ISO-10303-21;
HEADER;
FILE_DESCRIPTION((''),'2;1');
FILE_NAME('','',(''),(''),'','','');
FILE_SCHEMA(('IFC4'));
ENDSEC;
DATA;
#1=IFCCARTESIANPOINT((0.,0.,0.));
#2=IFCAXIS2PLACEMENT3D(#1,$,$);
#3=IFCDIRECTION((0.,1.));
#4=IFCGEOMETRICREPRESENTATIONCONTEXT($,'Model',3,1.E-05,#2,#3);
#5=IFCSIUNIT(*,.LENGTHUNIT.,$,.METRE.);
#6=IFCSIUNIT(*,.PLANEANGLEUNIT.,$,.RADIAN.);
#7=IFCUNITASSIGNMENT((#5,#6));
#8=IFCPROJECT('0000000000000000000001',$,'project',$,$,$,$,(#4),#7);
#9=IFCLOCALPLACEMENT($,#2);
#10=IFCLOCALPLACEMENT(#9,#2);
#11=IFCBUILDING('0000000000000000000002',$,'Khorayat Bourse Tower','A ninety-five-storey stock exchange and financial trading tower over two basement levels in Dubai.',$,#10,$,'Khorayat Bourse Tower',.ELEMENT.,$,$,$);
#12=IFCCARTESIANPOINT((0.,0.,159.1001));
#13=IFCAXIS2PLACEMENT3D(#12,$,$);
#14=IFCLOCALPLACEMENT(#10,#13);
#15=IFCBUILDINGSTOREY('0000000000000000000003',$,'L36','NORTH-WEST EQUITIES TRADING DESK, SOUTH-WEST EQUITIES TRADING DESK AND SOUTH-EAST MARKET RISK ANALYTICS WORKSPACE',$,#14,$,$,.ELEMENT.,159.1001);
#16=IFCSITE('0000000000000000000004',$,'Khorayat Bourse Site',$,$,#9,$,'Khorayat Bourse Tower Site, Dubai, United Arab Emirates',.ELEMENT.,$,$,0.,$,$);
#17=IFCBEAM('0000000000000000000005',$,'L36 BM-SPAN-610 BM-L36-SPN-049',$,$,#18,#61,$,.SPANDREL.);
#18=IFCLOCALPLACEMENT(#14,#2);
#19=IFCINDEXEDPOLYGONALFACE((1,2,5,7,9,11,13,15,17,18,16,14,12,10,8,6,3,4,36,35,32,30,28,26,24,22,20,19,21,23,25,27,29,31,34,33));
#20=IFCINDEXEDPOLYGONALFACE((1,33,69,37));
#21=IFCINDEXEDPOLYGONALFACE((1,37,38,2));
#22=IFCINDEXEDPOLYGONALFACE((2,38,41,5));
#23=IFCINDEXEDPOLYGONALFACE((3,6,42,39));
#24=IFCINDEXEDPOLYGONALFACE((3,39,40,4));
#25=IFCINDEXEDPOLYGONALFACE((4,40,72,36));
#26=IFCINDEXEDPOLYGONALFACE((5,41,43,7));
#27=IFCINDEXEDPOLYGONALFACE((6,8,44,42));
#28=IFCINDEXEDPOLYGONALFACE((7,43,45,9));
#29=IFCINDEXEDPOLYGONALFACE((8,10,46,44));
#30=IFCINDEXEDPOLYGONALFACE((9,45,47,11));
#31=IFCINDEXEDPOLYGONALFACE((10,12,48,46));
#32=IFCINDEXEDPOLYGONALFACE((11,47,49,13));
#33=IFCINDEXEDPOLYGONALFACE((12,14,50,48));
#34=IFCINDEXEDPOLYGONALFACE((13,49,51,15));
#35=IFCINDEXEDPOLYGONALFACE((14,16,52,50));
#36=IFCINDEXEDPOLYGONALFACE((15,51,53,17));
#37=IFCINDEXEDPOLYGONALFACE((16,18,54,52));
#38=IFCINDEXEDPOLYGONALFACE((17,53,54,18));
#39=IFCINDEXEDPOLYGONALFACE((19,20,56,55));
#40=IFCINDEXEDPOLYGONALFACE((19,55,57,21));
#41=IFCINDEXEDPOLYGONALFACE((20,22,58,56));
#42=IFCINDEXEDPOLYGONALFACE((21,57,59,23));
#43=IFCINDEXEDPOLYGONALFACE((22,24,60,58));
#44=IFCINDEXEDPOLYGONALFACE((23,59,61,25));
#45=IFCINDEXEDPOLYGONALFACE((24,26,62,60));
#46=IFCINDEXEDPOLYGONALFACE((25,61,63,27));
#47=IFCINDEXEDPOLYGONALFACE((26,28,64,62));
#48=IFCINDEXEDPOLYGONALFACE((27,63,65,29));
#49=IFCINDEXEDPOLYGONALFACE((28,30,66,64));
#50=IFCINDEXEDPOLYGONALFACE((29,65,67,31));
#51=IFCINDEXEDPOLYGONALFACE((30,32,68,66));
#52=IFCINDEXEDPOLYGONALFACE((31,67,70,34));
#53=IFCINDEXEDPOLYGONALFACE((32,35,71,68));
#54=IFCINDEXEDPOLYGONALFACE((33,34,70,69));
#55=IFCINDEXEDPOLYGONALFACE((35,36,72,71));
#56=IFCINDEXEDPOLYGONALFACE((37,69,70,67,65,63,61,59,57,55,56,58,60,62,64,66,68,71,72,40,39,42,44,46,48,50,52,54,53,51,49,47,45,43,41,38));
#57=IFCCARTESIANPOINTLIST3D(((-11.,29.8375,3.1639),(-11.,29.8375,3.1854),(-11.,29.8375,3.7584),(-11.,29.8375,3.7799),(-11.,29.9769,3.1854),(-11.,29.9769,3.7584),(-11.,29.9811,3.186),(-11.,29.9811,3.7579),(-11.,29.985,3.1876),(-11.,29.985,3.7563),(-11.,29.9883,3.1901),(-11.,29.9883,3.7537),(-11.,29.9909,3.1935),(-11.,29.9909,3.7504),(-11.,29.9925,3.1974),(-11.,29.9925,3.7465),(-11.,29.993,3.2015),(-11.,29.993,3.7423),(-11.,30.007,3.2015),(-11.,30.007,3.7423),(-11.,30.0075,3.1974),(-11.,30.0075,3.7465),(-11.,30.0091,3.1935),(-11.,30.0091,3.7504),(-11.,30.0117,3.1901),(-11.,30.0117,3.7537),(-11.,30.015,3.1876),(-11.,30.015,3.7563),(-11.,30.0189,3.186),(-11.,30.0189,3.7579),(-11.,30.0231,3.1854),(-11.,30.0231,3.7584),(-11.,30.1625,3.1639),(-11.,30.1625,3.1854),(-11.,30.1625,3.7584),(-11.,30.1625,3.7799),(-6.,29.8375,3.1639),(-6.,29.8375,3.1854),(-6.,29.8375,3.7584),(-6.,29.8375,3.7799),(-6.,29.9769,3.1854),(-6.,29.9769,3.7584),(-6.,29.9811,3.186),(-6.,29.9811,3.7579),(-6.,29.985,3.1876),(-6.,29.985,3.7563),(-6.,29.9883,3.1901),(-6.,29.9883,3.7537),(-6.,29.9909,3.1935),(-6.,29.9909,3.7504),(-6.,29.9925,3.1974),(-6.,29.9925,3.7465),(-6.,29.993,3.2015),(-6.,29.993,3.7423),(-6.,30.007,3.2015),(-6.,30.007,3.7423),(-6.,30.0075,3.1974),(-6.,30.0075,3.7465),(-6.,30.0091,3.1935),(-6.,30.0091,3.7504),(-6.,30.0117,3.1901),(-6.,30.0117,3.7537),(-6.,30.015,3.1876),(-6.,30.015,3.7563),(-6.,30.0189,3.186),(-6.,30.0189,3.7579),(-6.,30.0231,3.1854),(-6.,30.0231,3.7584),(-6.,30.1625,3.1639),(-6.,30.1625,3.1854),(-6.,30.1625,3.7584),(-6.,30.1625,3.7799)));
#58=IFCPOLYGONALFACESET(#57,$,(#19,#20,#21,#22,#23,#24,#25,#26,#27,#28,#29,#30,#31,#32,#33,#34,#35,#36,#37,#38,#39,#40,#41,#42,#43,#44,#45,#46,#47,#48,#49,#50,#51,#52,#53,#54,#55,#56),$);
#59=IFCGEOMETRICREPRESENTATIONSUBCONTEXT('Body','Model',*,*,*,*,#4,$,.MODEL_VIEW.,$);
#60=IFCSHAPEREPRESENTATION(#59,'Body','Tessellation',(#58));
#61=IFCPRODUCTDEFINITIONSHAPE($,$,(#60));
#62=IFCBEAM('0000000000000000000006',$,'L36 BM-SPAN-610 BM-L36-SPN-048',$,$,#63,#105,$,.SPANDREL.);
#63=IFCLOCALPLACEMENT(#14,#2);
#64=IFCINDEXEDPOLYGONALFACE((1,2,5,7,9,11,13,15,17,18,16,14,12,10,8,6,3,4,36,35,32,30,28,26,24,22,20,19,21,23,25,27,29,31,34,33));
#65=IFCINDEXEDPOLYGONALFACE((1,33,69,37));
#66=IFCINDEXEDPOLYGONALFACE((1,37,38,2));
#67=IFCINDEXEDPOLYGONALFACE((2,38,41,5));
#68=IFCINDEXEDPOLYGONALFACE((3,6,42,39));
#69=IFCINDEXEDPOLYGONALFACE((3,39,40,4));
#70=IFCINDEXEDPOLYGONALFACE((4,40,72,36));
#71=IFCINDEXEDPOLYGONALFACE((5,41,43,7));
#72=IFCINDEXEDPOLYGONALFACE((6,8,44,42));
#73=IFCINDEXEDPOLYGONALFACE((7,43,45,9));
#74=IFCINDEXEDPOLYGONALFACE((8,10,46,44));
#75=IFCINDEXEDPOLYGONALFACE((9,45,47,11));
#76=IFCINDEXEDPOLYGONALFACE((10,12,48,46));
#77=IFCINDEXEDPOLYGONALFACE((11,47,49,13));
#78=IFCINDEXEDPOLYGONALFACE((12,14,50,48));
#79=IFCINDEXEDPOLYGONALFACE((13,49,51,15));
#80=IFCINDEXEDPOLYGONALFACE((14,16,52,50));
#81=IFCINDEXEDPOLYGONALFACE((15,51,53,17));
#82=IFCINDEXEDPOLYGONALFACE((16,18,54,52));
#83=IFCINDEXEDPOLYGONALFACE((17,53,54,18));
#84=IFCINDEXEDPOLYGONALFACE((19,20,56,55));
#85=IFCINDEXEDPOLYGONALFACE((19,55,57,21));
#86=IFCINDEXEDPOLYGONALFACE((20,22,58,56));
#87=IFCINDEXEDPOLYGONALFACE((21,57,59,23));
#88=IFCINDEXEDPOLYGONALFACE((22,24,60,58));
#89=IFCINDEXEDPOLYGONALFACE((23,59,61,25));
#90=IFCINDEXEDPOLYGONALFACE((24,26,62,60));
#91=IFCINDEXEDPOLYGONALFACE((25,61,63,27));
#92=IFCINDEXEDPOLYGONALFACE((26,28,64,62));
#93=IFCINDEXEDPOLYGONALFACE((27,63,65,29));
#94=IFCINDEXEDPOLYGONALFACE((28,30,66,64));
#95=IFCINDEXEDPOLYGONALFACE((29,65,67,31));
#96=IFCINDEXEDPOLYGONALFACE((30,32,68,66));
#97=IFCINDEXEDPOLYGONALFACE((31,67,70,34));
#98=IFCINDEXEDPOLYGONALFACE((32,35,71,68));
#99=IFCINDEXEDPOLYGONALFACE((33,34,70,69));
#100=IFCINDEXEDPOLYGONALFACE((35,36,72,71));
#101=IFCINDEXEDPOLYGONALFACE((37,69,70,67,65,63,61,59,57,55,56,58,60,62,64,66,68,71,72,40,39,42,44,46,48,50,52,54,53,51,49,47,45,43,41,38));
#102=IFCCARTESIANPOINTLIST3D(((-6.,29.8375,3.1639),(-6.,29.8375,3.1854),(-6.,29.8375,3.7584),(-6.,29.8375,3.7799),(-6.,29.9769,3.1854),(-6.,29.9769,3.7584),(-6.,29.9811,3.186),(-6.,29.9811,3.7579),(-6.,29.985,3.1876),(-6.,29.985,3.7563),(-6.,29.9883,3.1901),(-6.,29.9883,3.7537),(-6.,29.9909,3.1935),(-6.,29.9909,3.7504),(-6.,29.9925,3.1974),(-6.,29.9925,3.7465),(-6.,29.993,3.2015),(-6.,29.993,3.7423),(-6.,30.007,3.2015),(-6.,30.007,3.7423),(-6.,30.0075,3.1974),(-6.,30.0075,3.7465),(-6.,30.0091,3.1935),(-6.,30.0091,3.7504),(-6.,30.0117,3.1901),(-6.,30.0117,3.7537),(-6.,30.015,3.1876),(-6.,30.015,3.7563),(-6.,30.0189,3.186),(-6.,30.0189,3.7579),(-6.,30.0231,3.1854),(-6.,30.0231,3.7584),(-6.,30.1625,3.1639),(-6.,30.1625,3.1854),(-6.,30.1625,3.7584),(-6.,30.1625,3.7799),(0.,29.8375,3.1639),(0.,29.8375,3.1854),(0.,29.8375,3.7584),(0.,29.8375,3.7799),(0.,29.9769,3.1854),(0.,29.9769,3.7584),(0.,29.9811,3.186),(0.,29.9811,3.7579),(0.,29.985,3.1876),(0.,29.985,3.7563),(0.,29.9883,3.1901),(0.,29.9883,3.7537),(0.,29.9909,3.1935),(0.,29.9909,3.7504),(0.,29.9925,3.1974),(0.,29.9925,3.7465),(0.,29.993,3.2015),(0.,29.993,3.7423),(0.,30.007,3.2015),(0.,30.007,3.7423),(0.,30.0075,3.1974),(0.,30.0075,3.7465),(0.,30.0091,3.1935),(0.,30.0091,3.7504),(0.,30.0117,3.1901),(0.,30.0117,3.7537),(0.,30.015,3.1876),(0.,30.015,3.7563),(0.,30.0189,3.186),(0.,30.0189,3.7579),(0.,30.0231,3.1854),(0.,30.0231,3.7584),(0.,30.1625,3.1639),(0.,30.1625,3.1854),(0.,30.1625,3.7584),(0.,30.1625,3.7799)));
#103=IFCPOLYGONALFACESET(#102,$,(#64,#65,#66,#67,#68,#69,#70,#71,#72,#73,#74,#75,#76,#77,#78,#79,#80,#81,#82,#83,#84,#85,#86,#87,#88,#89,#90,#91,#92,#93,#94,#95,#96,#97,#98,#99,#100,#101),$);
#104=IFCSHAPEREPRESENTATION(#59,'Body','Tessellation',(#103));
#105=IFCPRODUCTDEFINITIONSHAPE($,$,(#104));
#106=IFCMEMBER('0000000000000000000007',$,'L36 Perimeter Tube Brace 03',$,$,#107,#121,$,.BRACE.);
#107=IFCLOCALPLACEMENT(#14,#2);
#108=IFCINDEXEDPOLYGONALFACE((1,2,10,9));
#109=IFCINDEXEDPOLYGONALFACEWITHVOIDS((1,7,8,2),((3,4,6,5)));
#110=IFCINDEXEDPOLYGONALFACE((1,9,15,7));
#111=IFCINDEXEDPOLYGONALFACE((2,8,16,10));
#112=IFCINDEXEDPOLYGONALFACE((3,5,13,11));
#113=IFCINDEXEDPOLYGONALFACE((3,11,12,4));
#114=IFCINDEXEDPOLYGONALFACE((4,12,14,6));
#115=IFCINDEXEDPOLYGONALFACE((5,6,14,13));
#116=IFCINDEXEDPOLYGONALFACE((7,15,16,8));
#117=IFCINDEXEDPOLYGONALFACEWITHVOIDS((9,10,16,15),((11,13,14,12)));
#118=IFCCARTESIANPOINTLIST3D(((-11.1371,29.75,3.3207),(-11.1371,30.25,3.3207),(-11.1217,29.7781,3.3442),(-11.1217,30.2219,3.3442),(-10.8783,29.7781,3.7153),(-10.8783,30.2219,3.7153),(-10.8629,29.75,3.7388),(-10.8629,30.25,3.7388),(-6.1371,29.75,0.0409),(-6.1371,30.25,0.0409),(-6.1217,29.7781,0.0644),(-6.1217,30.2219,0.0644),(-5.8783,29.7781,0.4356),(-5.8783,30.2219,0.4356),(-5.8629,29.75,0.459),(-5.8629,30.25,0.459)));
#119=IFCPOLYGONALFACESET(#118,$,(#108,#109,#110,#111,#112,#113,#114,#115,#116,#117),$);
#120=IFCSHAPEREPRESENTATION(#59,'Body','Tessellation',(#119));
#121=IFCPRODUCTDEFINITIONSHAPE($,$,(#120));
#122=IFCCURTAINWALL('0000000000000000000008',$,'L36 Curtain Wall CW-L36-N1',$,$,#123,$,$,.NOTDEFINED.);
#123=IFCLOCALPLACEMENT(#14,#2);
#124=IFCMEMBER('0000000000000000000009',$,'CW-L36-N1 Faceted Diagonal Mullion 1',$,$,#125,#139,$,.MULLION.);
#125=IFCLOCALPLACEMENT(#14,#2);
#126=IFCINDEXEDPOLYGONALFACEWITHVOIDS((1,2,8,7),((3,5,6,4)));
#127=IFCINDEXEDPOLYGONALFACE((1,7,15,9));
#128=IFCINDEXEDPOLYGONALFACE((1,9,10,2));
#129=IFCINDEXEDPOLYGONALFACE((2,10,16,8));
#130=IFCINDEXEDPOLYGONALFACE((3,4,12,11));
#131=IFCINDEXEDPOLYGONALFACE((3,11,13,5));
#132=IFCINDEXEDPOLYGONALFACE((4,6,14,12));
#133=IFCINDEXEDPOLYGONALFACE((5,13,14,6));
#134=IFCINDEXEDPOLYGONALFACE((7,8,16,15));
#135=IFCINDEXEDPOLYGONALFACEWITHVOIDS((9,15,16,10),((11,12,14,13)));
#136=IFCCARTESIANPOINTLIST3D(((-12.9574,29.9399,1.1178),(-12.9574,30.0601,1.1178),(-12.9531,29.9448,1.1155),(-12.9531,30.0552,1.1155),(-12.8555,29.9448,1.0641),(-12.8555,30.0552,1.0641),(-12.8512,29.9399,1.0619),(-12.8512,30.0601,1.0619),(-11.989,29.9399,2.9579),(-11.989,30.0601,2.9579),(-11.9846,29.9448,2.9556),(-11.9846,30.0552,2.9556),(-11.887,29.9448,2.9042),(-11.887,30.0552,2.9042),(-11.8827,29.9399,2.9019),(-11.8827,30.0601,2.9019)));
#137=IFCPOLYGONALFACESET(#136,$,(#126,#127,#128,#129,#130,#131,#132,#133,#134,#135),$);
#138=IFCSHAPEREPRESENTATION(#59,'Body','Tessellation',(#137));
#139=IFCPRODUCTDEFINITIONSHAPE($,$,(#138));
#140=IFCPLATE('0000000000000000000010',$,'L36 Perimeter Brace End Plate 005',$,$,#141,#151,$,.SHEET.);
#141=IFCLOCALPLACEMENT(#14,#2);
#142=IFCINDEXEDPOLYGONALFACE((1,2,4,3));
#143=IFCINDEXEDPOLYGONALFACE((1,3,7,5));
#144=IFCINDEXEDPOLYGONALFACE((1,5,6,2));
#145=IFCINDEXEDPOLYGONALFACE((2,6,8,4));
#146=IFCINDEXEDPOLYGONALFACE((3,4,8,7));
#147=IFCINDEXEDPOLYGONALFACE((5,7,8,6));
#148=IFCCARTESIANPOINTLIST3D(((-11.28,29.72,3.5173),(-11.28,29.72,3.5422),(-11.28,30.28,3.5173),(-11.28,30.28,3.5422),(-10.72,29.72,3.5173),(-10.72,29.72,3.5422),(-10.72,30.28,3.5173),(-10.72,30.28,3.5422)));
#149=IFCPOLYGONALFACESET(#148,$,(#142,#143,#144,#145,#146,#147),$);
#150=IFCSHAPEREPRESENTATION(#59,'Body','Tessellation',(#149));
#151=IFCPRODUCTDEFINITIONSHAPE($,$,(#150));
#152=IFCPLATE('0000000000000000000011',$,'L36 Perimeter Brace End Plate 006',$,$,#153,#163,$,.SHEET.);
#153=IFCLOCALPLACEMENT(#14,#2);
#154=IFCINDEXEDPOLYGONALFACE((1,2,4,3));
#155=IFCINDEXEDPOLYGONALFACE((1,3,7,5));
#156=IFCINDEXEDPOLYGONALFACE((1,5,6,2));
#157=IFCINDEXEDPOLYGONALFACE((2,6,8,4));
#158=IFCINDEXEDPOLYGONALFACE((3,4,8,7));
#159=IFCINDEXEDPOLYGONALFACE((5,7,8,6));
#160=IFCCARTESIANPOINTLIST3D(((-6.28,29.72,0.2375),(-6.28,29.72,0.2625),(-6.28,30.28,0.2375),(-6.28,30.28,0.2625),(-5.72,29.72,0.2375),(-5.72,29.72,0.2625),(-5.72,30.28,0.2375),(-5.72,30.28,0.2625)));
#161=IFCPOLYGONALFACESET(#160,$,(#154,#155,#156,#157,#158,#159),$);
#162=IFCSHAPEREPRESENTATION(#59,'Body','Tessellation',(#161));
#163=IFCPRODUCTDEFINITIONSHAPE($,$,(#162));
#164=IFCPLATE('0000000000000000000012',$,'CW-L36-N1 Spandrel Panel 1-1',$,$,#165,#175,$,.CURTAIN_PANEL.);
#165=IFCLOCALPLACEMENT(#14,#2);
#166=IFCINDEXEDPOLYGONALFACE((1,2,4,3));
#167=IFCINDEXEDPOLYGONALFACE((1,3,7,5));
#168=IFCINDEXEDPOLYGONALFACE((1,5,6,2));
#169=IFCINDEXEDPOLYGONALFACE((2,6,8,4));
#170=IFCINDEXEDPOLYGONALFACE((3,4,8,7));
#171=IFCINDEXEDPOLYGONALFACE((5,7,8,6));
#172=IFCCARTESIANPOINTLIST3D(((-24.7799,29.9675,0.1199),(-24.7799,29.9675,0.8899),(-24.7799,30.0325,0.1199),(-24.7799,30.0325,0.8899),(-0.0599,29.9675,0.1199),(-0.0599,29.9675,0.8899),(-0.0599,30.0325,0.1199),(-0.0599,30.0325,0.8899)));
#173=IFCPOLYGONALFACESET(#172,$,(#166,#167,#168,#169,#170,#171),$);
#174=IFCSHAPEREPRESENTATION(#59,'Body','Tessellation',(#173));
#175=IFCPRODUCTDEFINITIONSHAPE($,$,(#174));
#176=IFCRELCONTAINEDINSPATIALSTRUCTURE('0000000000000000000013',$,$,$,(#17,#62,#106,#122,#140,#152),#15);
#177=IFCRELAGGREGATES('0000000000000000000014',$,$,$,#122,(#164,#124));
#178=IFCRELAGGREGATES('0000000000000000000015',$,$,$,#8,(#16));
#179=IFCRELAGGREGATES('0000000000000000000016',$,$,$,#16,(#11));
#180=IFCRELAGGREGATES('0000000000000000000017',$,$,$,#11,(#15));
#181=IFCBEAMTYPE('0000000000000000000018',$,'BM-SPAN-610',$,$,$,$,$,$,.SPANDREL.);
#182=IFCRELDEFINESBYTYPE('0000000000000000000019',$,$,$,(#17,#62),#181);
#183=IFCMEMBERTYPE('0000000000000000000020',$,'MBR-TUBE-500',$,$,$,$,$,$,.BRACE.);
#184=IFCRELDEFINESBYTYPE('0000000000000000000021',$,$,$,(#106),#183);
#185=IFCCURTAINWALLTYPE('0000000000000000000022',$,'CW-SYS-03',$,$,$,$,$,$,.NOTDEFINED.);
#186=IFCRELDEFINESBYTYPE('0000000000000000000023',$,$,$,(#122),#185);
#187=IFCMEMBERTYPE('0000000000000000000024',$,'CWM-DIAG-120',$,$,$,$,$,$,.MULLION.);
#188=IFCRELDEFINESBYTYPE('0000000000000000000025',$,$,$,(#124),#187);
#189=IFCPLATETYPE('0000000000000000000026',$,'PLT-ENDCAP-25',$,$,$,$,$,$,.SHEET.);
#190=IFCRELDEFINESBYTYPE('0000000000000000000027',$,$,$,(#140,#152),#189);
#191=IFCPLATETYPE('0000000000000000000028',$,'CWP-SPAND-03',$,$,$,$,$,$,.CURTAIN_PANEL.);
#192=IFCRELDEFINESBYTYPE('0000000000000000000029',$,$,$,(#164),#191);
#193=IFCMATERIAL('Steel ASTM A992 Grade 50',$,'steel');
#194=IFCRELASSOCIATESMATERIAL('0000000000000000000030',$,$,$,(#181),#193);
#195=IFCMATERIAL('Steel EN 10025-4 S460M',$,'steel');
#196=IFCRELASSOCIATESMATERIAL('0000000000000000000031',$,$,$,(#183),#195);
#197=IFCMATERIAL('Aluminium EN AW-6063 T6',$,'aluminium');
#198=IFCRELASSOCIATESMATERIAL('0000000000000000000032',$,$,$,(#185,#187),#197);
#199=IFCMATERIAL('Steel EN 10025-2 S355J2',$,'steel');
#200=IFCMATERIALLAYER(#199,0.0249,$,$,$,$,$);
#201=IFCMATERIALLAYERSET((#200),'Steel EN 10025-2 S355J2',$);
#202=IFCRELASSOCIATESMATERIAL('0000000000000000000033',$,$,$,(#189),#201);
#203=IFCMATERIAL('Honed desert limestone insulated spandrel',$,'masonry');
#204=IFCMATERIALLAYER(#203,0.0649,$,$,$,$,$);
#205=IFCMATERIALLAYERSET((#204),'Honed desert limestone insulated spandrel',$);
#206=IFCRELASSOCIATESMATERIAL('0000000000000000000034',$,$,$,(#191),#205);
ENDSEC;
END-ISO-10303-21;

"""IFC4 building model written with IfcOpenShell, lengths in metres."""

from ifc_helpers import new_model, si_unit, direction, frame, origin, origin_2d, place, context, subcontext, project, spatial, rectangle, hollow_rectangle, i_section, extrude, source, transform, mapped, material, layer, layer_set, material_profile, profile_set, type_object, element, aggregate, save


model = new_model("IFC4")

# Units and contexts
model_context = context("Model", 3, precision=1e-05, world=origin(), true_north=direction((0.0, 1.0)))
body_context = subcontext(model_context, "Body", "Model", "MODEL_VIEW")
ifc_project = project(units=[si_unit("LENGTHUNIT", "METRE"), si_unit("PLANEANGLEUNIT", "RADIAN")], contexts=[model_context])

# Site, building, storey
site_placement = place(None, origin())
site = spatial("IfcSite", under=ifc_project, at=site_placement, Name="Khorayat Bourse Site", LongName="Khorayat Bourse Tower Site, Dubai, United Arab Emirates", CompositionType="ELEMENT", RefElevation=0.0)
building_placement = place(site_placement, origin())
building = spatial("IfcBuilding", under=site, at=building_placement, Name="Khorayat Bourse Tower", Description="A ninety-five-storey stock exchange and financial trading tower over two basement levels in Dubai.", LongName="Khorayat Bourse Tower", CompositionType="ELEMENT")
storey_placement = place(building_placement, frame((0.0, 0.0, 159.1001)))
storey = spatial("IfcBuildingStorey", under=building, at=storey_placement, Name="L36", Description="NORTH-WEST EQUITIES TRADING DESK, SOUTH-WEST EQUITIES TRADING DESK AND SOUTH-EAST MARKET RISK ANALYTICS WORKSPACE", CompositionType="ELEMENT", Elevation=159.1001)

# Shared definitions
ifc_material_1 = material(Name="Steel EN 10025-4 S460M", Category="steel")

# Beams
ifc_material_2 = material(Name="Steel ASTM A992 Grade 50", Category="steel")
ifc_material_profile_1 = material_profile(ifc_material_2, i_section(OverallWidth=0.325, OverallDepth=0.616, WebThickness=0.0139, FlangeThickness=0.0215, FilletRadius=0.0161, at=origin_2d()), Name="W610X174")
ifc_profile_set_1 = profile_set([ifc_material_profile_1], Name="Steel ASTM A992 Grade 50")
beam_type_1 = type_object("IfcBeamType", Name="BM-SPAN-610", PredefinedType="SPANDREL", material=ifc_profile_set_1)
shared_shape_1 = source(origin(), body_context, "Body", "SweptSolid", [
    extrude(i_section(OverallWidth=0.325, OverallDepth=0.616, WebThickness=0.0139, FlangeThickness=0.0215, FilletRadius=0.0161, at=origin_2d()), origin(), (0.0, 0.0, 1.0), 5.0),
])
beam_1_placement = place(storey_placement, frame((-11.0, 30.0, 3.4719), z_axis=(1.0, 0.0, 0.0), x_axis=(0.0, 1.0, 0.0)))
element("IfcBeam", 1, at=beam_1_placement, inside=storey, type_object=beam_type_1, Name="L36 BM-SPAN-610 BM-L36-SPN-049", PredefinedType="SPANDREL", context=body_context, shape_type="MappedRepresentation", body=[
    mapped(shared_shape_1, transform((0.0, 0.0, 0.0), scale=1.0)),
])
shared_shape_2 = source(origin(), body_context, "Body", "SweptSolid", [
    extrude(i_section(OverallWidth=0.325, OverallDepth=0.616, WebThickness=0.0139, FlangeThickness=0.0215, FilletRadius=0.0161, at=origin_2d()), origin(), (0.0, 0.0, 1.0), 6.0),
])
beam_2_placement = place(storey_placement, frame((-6.0, 30.0, 3.4719), z_axis=(1.0, 0.0, 0.0), x_axis=(0.0, 1.0, 0.0)))
element("IfcBeam", 2, at=beam_2_placement, inside=storey, type_object=beam_type_1, Name="L36 BM-SPAN-610 BM-L36-SPN-048", PredefinedType="SPANDREL", context=body_context, shape_type="MappedRepresentation", body=[
    mapped(shared_shape_2, transform((0.0, 0.0, 0.0), scale=1.0)),
])

# Member
ifc_material_profile_2 = material_profile(ifc_material_1, hollow_rectangle(XDim=0.5, YDim=0.5, WallThickness=0.0281, at=origin_2d()), Name="HSS 500x500x28")
ifc_profile_set_2 = profile_set([ifc_material_profile_2], Name="Steel EN 10025-4 S460M")
member_type_1 = type_object("IfcMemberType", Name="MBR-TUBE-500", PredefinedType="BRACE", material=ifc_profile_set_2)
shared_shape_3 = source(origin(), body_context, "Body", "SweptSolid", [
    extrude(hollow_rectangle(XDim=0.5, YDim=0.5, WallThickness=0.0281, at=origin_2d()), origin(), (0.0, 0.0, 1.0), 5.9797),
])
member_1_placement = place(storey_placement, frame((-11.0, 30.0, 3.5298), z_axis=(0.83616, 0.0, -0.548485), x_axis=(0.0, 1.0, 0.0)))
element("IfcMember", 3, at=member_1_placement, inside=storey, type_object=member_type_1, Name="L36 Perimeter Tube Brace 03", PredefinedType="BRACE", context=body_context, shape_type="MappedRepresentation", body=[
    mapped(shared_shape_3, transform((0.0, 0.0, 0.0), scale=1.0)),
])

# Curtain wall, member
ifc_material_3 = material(Name="Aluminium EN AW-6063 T6", Category="aluminium")
curtain_wall_type = type_object("IfcCurtainWallType", Name="CW-SYS-03", PredefinedType="NOTDEFINED", material=ifc_material_3)
curtain_wall_placement = place(storey_placement, origin())
curtain_wall = element("IfcCurtainWall", 4, at=curtain_wall_placement, inside=storey, type_object=curtain_wall_type, Name="L36 Curtain Wall CW-L36-N1", PredefinedType="NOTDEFINED")
ifc_material_profile_3 = material_profile(ifc_material_3, hollow_rectangle(XDim=0.1201, YDim=0.1201, WallThickness=0.0049, at=origin_2d()), Name="ALU 120x120x5")
ifc_profile_set_3 = profile_set([ifc_material_profile_3], Name="Aluminium EN AW-6063 T6")
member_type_2 = type_object("IfcMemberType", Name="CWM-DIAG-120", PredefinedType="MULLION", material=ifc_profile_set_3)
shared_shape_4 = source(origin(), body_context, "Body", "SweptSolid", [
    extrude(hollow_rectangle(XDim=0.1201, YDim=0.1201, WallThickness=0.0049, at=origin_2d()), origin(), (0.0, 0.0, 1.0), 2.0793),
])
member_2_placement = place(storey_placement, frame((-12.9043, 30.0, 1.0898), z_axis=(0.465761, 0.0, 0.884911), x_axis=(0.0, 1.0, 0.0)))
member_2 = element("IfcMember", 5, at=member_2_placement, type_object=member_type_2, Name="CW-L36-N1 Faceted Diagonal Mullion 1", PredefinedType="MULLION", context=body_context, shape_type="MappedRepresentation", body=[
    mapped(shared_shape_4, transform((0.0, 0.0, 0.0), scale=1.0)),
])

# Plates
ifc_material_4 = material(Name="Steel EN 10025-2 S355J2", Category="steel")
ifc_layer_1 = layer(ifc_material_4, 0.0249)
ifc_layer_set_1 = layer_set([ifc_layer_1], Name="Steel EN 10025-2 S355J2")
plate_type_1 = type_object("IfcPlateType", Name="PLT-ENDCAP-25", PredefinedType="SHEET", material=ifc_layer_set_1)
shared_shape_5 = source(origin(), body_context, "Body", "SweptSolid", [
    extrude(rectangle(XDim=0.5601, YDim=0.5601, at=origin_2d()), origin(), (0.0, 0.0, 1.0), 0.0249),
])
for number, where, z_axis, x_axis, name in (
    (6, (-11.0, 30.0, 3.5173), (0.0, 0.0, 1.0), (1.0, 0.0, 0.0), "L36 Perimeter Brace End Plate 005"),
    (7, (-6.0, 30.0, 0.2375), (0.0, 0.0, 1.0), (1.0, 0.0, 0.0), "L36 Perimeter Brace End Plate 006"),
):
    element("IfcPlate", number, at=place(storey_placement, frame(where, z_axis=z_axis, x_axis=x_axis)), inside=storey, type_object=plate_type_1, Name=name, PredefinedType="SHEET", context=body_context, shape_type="MappedRepresentation", body=[
        mapped(shared_shape_5, transform((0.0, 0.0, 0.0), scale=1.0)),
    ])

# Plate
ifc_material_5 = material(Name="Honed desert limestone insulated spandrel", Category="masonry")
ifc_layer_2 = layer(ifc_material_5, 0.0649)
ifc_layer_set_2 = layer_set([ifc_layer_2], Name="Honed desert limestone insulated spandrel")
plate_type_2 = type_object("IfcPlateType", Name="CWP-SPAND-03", PredefinedType="CURTAIN_PANEL", material=ifc_layer_set_2)
shared_shape_6 = source(origin(), body_context, "Body", "SweptSolid", [
    extrude(rectangle(XDim=24.72, YDim=0.0649, at=origin_2d()), origin(), (0.0, 0.0, 1.0), 0.77),
])
plate_1_placement = place(storey_placement, frame((-12.4199, 30.0, 0.1199), z_axis=(0.0, 0.0, 1.0), x_axis=(1.0, 0.0, 0.0)))
plate_1 = element("IfcPlate", 8, at=plate_1_placement, type_object=plate_type_2, Name="CW-L36-N1 Spandrel Panel 1-1", PredefinedType="CURTAIN_PANEL", context=body_context, shape_type="MappedRepresentation", body=[
    mapped(shared_shape_6, transform((0.0, 0.0, 0.0), scale=1.0)),
])
aggregate(curtain_wall, [plate_1, member_2])

save(model, "model.ifc")
